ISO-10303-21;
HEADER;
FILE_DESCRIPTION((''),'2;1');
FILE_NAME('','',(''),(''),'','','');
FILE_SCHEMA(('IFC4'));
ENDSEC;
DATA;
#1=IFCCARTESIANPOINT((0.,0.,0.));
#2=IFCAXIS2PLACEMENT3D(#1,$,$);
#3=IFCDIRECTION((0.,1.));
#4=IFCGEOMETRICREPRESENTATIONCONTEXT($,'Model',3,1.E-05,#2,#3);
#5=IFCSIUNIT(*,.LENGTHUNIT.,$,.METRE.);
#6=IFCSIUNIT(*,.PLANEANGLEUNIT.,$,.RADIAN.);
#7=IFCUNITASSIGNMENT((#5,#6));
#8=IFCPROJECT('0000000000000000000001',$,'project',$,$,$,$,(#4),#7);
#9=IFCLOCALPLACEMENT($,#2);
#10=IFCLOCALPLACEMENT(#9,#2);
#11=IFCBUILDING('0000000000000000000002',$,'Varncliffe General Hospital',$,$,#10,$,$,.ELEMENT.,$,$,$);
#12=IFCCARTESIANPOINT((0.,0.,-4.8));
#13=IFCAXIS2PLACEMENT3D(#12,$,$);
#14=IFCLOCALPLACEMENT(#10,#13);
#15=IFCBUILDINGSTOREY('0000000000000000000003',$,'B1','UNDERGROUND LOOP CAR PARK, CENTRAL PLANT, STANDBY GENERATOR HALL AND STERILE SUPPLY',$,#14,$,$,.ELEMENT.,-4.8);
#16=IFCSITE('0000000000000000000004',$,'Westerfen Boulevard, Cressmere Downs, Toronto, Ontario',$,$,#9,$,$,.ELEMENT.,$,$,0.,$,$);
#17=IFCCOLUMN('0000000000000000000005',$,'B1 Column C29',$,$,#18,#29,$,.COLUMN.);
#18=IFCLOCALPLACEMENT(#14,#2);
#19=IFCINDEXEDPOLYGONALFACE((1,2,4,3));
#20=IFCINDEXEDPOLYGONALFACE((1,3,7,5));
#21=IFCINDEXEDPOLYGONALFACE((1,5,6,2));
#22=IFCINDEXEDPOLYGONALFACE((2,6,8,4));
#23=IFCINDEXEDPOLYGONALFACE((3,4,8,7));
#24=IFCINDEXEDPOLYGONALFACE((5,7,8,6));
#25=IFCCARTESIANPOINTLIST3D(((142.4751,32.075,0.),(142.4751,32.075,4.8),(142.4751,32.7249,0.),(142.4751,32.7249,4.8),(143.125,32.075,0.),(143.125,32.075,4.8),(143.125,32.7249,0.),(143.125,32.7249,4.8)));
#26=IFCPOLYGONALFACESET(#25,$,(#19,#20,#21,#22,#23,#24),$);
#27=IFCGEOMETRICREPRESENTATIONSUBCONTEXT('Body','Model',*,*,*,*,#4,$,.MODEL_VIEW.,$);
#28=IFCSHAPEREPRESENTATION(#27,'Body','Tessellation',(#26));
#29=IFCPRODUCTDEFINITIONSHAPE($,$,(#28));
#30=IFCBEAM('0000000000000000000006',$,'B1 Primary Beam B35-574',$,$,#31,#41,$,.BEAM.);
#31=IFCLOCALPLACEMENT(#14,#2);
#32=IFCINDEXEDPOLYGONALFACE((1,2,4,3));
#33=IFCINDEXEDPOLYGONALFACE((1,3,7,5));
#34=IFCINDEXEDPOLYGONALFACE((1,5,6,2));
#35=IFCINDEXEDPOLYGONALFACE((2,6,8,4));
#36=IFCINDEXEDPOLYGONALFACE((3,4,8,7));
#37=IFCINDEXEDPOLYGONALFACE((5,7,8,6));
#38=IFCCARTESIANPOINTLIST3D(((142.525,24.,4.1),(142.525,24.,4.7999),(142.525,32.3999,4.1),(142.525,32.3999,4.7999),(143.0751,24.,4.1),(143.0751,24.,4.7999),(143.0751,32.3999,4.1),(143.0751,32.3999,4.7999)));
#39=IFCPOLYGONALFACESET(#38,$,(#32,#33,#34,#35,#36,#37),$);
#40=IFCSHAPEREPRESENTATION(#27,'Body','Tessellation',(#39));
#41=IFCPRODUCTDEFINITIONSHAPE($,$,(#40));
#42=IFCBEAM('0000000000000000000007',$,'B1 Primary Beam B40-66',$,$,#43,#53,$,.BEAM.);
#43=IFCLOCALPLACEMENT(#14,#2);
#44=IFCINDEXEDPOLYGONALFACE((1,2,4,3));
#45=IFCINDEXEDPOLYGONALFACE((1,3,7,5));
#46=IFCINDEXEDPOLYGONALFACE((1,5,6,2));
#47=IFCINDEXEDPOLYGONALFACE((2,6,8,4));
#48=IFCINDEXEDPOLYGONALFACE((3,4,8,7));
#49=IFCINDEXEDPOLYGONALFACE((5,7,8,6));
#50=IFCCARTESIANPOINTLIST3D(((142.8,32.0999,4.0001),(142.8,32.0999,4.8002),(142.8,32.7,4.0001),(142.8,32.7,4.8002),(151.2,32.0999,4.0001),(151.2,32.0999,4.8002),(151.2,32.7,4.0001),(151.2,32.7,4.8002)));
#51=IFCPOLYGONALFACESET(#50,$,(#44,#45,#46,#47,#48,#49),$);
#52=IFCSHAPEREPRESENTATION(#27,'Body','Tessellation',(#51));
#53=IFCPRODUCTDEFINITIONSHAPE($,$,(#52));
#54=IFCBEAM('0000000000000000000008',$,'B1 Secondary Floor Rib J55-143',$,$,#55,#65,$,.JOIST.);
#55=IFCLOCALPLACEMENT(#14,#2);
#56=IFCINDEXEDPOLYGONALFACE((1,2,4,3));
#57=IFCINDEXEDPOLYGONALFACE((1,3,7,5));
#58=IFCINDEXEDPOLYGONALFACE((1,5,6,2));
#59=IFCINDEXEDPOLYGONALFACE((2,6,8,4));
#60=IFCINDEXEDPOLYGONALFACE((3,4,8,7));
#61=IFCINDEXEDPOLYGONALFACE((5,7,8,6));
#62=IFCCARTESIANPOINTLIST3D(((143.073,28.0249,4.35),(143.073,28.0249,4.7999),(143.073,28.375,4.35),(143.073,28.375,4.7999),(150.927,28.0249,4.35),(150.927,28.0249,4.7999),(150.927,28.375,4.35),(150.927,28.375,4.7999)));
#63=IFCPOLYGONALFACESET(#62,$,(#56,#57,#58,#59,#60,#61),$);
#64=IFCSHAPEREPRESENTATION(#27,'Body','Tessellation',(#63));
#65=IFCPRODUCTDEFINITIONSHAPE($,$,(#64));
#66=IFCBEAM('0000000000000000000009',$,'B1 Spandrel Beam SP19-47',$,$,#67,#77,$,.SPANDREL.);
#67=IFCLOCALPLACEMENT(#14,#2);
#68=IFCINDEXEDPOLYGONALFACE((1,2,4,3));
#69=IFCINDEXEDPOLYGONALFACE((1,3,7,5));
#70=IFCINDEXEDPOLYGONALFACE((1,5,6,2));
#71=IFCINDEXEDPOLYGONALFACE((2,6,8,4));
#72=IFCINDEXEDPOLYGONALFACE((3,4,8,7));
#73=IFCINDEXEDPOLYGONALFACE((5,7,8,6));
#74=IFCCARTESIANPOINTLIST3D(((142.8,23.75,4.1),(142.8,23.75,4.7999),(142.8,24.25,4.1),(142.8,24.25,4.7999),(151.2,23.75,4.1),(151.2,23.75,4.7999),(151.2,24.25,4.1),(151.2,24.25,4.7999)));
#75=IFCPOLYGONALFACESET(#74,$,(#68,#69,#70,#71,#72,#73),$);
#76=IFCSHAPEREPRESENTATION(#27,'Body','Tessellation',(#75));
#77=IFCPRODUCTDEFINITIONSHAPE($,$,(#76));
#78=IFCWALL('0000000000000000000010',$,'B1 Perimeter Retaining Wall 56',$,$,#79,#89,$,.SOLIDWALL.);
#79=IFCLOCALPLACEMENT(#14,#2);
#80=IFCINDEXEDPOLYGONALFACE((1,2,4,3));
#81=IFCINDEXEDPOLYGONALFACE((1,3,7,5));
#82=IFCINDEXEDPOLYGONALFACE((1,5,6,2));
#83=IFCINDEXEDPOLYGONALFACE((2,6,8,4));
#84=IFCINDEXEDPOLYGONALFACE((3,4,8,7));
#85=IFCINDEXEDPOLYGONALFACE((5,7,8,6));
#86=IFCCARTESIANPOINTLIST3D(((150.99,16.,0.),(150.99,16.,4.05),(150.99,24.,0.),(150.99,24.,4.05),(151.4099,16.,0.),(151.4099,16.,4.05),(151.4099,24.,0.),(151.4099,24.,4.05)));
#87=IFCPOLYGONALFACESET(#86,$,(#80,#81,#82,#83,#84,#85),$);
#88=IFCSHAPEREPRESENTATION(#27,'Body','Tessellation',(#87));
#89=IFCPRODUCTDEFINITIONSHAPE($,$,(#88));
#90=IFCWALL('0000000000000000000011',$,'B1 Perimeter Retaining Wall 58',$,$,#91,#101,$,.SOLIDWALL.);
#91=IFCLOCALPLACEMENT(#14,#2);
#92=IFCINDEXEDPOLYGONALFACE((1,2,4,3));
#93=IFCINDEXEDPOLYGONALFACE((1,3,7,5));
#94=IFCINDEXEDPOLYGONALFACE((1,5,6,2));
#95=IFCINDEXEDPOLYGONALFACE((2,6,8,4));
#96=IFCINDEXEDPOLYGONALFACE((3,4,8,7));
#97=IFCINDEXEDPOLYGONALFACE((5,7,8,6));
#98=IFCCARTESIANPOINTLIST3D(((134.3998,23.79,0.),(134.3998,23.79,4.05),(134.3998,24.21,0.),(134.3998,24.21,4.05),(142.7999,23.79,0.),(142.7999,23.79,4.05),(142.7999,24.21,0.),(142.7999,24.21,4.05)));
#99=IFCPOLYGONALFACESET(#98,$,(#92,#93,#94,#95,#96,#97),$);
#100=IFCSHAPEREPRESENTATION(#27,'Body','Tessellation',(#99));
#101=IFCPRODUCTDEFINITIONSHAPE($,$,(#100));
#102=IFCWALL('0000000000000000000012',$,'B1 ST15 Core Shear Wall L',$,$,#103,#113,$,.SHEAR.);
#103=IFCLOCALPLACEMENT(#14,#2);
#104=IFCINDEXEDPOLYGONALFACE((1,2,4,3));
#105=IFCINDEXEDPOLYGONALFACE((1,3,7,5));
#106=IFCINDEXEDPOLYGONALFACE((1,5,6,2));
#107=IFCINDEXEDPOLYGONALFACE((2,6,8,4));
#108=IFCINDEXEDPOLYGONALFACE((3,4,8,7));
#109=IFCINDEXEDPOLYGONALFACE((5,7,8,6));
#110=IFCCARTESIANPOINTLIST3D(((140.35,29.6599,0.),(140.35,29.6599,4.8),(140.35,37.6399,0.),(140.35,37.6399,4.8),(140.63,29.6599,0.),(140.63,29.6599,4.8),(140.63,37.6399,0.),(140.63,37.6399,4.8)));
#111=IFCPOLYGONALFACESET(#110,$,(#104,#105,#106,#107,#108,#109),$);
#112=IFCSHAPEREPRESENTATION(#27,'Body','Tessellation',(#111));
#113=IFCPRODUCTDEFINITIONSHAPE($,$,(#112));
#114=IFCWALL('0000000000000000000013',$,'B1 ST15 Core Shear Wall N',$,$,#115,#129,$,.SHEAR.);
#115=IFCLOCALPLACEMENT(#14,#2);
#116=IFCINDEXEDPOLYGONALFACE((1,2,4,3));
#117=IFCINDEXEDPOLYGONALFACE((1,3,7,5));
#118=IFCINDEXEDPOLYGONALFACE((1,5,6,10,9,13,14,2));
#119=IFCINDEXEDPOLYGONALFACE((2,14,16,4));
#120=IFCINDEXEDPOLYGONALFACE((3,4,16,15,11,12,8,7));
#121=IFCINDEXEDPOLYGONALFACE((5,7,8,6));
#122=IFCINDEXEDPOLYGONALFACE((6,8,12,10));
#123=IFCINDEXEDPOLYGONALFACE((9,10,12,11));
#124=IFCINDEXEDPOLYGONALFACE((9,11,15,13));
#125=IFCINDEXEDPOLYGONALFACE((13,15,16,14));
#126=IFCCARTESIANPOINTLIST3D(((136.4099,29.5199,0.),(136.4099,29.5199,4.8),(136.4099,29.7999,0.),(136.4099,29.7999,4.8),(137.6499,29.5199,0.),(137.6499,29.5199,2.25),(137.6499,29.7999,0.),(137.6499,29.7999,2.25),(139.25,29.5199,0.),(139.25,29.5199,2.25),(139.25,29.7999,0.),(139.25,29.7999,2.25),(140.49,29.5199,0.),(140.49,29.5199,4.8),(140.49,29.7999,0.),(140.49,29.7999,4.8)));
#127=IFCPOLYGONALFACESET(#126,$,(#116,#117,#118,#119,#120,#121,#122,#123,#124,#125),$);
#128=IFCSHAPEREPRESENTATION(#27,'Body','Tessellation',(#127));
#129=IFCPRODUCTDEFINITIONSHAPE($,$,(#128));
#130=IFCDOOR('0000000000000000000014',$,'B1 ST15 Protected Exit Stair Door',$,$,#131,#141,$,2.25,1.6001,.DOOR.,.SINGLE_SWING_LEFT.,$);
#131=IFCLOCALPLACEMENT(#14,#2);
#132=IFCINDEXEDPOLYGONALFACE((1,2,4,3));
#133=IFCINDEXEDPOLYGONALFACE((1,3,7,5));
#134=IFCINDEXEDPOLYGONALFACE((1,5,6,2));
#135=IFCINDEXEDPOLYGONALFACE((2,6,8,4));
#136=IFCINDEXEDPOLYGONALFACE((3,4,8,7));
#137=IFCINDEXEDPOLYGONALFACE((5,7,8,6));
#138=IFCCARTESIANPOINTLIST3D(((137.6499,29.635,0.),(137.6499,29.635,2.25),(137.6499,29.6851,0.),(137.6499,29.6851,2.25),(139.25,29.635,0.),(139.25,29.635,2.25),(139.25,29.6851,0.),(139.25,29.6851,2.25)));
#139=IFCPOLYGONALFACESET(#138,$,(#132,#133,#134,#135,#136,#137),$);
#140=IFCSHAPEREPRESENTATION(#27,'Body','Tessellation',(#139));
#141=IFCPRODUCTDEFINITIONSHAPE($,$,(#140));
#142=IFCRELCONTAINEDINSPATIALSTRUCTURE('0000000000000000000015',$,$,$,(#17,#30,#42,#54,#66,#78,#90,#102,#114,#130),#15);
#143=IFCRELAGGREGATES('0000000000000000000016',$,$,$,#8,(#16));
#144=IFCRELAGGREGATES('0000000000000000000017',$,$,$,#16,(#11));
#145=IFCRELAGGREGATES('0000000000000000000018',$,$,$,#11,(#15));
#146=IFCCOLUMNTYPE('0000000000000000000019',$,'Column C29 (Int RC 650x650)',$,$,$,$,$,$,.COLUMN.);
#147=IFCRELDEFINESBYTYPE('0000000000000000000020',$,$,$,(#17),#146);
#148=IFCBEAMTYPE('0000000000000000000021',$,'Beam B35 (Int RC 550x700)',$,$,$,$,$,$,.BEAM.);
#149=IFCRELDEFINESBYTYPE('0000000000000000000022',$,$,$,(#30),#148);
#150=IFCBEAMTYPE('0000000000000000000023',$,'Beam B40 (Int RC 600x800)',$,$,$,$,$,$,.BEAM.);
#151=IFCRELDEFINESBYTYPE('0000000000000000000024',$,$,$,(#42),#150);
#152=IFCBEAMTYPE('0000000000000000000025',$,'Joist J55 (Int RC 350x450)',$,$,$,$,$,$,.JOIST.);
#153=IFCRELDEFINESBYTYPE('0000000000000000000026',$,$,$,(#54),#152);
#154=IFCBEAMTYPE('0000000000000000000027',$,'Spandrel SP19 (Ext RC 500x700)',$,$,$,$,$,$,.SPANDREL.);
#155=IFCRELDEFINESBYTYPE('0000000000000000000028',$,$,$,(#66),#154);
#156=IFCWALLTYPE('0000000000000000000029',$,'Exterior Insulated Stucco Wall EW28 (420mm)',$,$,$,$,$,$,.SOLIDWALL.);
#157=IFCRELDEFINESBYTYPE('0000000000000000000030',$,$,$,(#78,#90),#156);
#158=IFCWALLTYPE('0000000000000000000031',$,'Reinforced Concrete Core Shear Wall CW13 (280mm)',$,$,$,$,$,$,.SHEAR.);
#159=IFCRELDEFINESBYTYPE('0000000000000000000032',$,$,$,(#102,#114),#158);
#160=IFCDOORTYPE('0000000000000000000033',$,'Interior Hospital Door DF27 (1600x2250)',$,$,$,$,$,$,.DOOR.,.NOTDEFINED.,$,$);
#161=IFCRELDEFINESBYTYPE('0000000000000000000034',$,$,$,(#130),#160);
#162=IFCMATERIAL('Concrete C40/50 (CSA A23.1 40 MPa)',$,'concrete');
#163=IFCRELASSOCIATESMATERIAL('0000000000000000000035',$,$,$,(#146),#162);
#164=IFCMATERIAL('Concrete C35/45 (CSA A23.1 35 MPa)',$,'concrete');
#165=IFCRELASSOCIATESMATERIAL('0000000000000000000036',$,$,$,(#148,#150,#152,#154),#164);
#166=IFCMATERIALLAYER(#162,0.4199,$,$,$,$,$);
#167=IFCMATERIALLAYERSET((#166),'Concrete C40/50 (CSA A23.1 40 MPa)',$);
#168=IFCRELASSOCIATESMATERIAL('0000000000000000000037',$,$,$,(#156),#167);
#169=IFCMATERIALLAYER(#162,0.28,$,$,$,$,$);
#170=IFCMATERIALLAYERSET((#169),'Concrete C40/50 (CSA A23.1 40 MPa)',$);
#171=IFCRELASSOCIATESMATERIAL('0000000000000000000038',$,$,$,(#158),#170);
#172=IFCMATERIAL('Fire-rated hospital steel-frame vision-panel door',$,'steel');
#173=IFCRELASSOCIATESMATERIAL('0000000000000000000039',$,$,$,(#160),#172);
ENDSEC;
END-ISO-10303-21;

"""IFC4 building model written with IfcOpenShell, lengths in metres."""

from ifc_helpers import new_model, si_unit, direction, frame, frame_2d, origin, origin_2d, place, context, subcontext, project, spatial, rectangle, extrude, material, layer, layer_set, material_profile, profile_set, type_object, element, fill, save


model = new_model("IFC4")

# Units and contexts
model_context = context("Model", 3, precision=1e-05, world=origin(), true_north=direction((0.0, 1.0)))
body_context = subcontext(model_context, "Body", "Model", "MODEL_VIEW")
ifc_project = project(units=[si_unit("LENGTHUNIT", "METRE"), si_unit("PLANEANGLEUNIT", "RADIAN")], contexts=[model_context])

# Site, building, storey
site_placement = place(None, origin())
site = spatial("IfcSite", under=ifc_project, at=site_placement, Name="Westerfen Boulevard, Cressmere Downs, Toronto, Ontario", CompositionType="ELEMENT", RefElevation=0.0)
building_placement = place(site_placement, origin())
building = spatial("IfcBuilding", under=site, at=building_placement, Name="Varncliffe General Hospital", CompositionType="ELEMENT")
storey_placement = place(building_placement, frame((0.0, 0.0, -4.8)))
storey = spatial("IfcBuildingStorey", under=building, at=storey_placement, Name="B1", Description="UNDERGROUND LOOP CAR PARK, CENTRAL PLANT, STANDBY GENERATOR HALL AND STERILE SUPPLY", CompositionType="ELEMENT", Elevation=-4.8)

# Shared definitions
ifc_material_1 = material(Name="Concrete C40/50 (CSA A23.1 40 MPa)", Category="concrete")

# Column
ifc_material_profile_1 = material_profile(ifc_material_1, rectangle(XDim=0.6499, YDim=0.6499, at=origin_2d()), Name="RC 650x650")
ifc_profile_set_1 = profile_set([ifc_material_profile_1], Name="Concrete C40/50 (CSA A23.1 40 MPa)")
column_type_1 = type_object("IfcColumnType", Name="Column C29 (Int RC 650x650)", PredefinedType="COLUMN", material=ifc_profile_set_1)
column_1_placement = place(storey_placement, frame((142.8, 32.3999, 0.0), z_axis=(0.0, 0.0, 1.0), x_axis=(1.0, 0.0, 0.0)))
element("IfcColumn", 1, at=column_1_placement, inside=storey, type_object=column_type_1, Name="B1 Column C29", PredefinedType="COLUMN", context=body_context, shape_type="SweptSolid", body=[
    extrude(rectangle(XDim=0.6499, YDim=0.6499, at=origin_2d()), origin(), (0.0, 0.0, 1.0), 4.8),
])

# Beams
ifc_material_2 = material(Name="Concrete C35/45 (CSA A23.1 35 MPa)", Category="concrete")
ifc_material_profile_2 = material_profile(ifc_material_2, rectangle(XDim=0.55, YDim=0.7, at=origin_2d()), Name="RC 550x700")
ifc_profile_set_2 = profile_set([ifc_material_profile_2], Name="Concrete C35/45 (CSA A23.1 35 MPa)")
beam_type_1 = type_object("IfcBeamType", Name="Beam B35 (Int RC 550x700)", PredefinedType="BEAM", material=ifc_profile_set_2)
beam_1_placement = place(storey_placement, frame((142.8, 24.0, 4.45), z_axis=(0.0, 1.0, 0.0), x_axis=(-1.0, 0.0, 0.0)))
element("IfcBeam", 2, at=beam_1_placement, inside=storey, type_object=beam_type_1, Name="B1 Primary Beam B35-574", PredefinedType="BEAM", context=body_context, shape_type="SweptSolid", body=[
    extrude(rectangle(XDim=0.55, YDim=0.7, at=origin_2d()), origin(), (0.0, 0.0, 1.0), 8.3999),
])
ifc_material_profile_3 = material_profile(ifc_material_2, rectangle(XDim=0.6001, YDim=0.8, at=origin_2d()), Name="RC 600x800")
ifc_profile_set_3 = profile_set([ifc_material_profile_3], Name="Concrete C35/45 (CSA A23.1 35 MPa)")
beam_type_2 = type_object("IfcBeamType", Name="Beam B40 (Int RC 600x800)", PredefinedType="BEAM", material=ifc_profile_set_3)
beam_2_placement = place(storey_placement, frame((142.8, 32.3999, 4.4001), z_axis=(1.0, 0.0, 0.0), x_axis=(0.0, 1.0, 0.0)))
element("IfcBeam", 3, at=beam_2_placement, inside=storey, type_object=beam_type_2, Name="B1 Primary Beam B40-66", PredefinedType="BEAM", context=body_context, shape_type="SweptSolid", body=[
    extrude(rectangle(XDim=0.6001, YDim=0.8, at=origin_2d()), origin(), (0.0, 0.0, 1.0), 8.3999),
])
ifc_material_profile_4 = material_profile(ifc_material_2, rectangle(XDim=0.3501, YDim=0.45, at=origin_2d()), Name="RC 350x450")
ifc_profile_set_4 = profile_set([ifc_material_profile_4], Name="Concrete C35/45 (CSA A23.1 35 MPa)")
beam_type_3 = type_object("IfcBeamType", Name="Joist J55 (Int RC 350x450)", PredefinedType="JOIST", material=ifc_profile_set_4)
beam_3_placement = place(storey_placement, frame((143.073, 28.2, 4.575), z_axis=(1.0, 0.0, 0.0), x_axis=(0.0, 1.0, 0.0)))
element("IfcBeam", 4, at=beam_3_placement, inside=storey, type_object=beam_type_3, Name="B1 Secondary Floor Rib J55-143", PredefinedType="JOIST", context=body_context, shape_type="SweptSolid", body=[
    extrude(rectangle(XDim=0.3501, YDim=0.45, at=origin_2d()), origin(), (0.0, 0.0, 1.0), 7.854),
])
ifc_material_profile_5 = material_profile(ifc_material_2, rectangle(XDim=0.5, YDim=0.7, at=origin_2d()), Name="RC 500x700")
ifc_profile_set_5 = profile_set([ifc_material_profile_5], Name="Concrete C35/45 (CSA A23.1 35 MPa)")
beam_type_4 = type_object("IfcBeamType", Name="Spandrel SP19 (Ext RC 500x700)", PredefinedType="SPANDREL", material=ifc_profile_set_5)
beam_4_placement = place(storey_placement, frame((142.8, 24.0, 4.45), z_axis=(1.0, 0.0, 0.0), x_axis=(0.0, 1.0, 0.0)))
element("IfcBeam", 5, at=beam_4_placement, inside=storey, type_object=beam_type_4, Name="B1 Spandrel Beam SP19-47", PredefinedType="SPANDREL", context=body_context, shape_type="SweptSolid", body=[
    extrude(rectangle(XDim=0.5, YDim=0.7, at=origin_2d()), origin(), (0.0, 0.0, 1.0), 8.3999),
])

# Walls
ifc_layer_1 = layer(ifc_material_1, 0.4199)
ifc_layer_set_1 = layer_set([ifc_layer_1], Name="Concrete C40/50 (CSA A23.1 40 MPa)")
wall_type_1 = type_object("IfcWallType", Name="Exterior Insulated Stucco Wall EW28 (420mm)", PredefinedType="SOLIDWALL", material=ifc_layer_set_1)
wall_1_placement = place(storey_placement, frame((151.2, 16.0, 0.0), z_axis=(0.0, 0.0, 1.0), x_axis=(0.0, 1.0, 0.0)))
element("IfcWall", 6, at=wall_1_placement, inside=storey, type_object=wall_type_1, Name="B1 Perimeter Retaining Wall 56", PredefinedType="SOLIDWALL", context=body_context, shape_type="SweptSolid", body=[
    extrude(rectangle(XDim=8.0, YDim=0.4199, at=frame_2d((4.0, 0.0))), origin(), (0.0, 0.0, 1.0), 4.05),
])
wall_2_placement = place(storey_placement, frame((142.8, 24.0, 0.0), z_axis=(0.0, 0.0, 1.0), x_axis=(-1.0, 0.0, 0.0)))
element("IfcWall", 7, at=wall_2_placement, inside=storey, type_object=wall_type_1, Name="B1 Perimeter Retaining Wall 58", PredefinedType="SOLIDWALL", context=body_context, shape_type="SweptSolid", body=[
    extrude(rectangle(XDim=8.4001, YDim=0.4199, at=frame_2d((4.2002, 0.0))), origin(), (0.0, 0.0, 1.0), 4.05),
])
ifc_layer_2 = layer(ifc_material_1, 0.28)
ifc_layer_set_2 = layer_set([ifc_layer_2], Name="Concrete C40/50 (CSA A23.1 40 MPa)")
wall_type_2 = type_object("IfcWallType", Name="Reinforced Concrete Core Shear Wall CW13 (280mm)", PredefinedType="SHEAR", material=ifc_layer_set_2)
wall_3_placement = place(storey_placement, frame((140.49, 29.6599, 0.0), z_axis=(0.0, 0.0, 1.0), x_axis=(0.0, 1.0, 0.0)))
element("IfcWall", 8, at=wall_3_placement, inside=storey, type_object=wall_type_2, Name="B1 ST15 Core Shear Wall L", PredefinedType="SHEAR", context=body_context, shape_type="SweptSolid", body=[
    extrude(rectangle(XDim=7.98, YDim=0.28, at=frame_2d((3.99, 0.0))), origin(), (0.0, 0.0, 1.0), 4.8),
])

# Wall, opening, door
wall_4_placement = place(storey_placement, frame((136.4099, 29.6599, 0.0), z_axis=(0.0, 0.0, 1.0), x_axis=(1.0, 0.0, 0.0)))
wall_4 = element("IfcWall", 9, at=wall_4_placement, inside=storey, type_object=wall_type_2, Name="B1 ST15 Core Shear Wall N", PredefinedType="SHEAR", context=body_context, shape_type="SweptSolid", body=[
    extrude(rectangle(XDim=4.0801, YDim=0.28, at=frame_2d((2.04, 0.0))), origin(), (0.0, 0.0, 1.0), 4.8),
])
opening_placement = place(wall_4_placement, frame((1.24, 0.0, 0.0)))
opening = element("IfcOpeningElement", 10, at=opening_placement, cuts=wall_4, PredefinedType="OPENING", context=body_context, shape_type="SweptSolid", body=[
    extrude(rectangle(XDim=1.6001, YDim=2.25, at=frame_2d((0.8, 1.125))), frame((0.0, 0.1499, 0.0), z_axis=(0.0, -1.0, 0.0), x_axis=(1.0, 0.0, 0.0)), (0.0, 0.0, 1.0), 0.3),
])
ifc_material_3 = material(Name="Fire-rated hospital steel-frame vision-panel door", Category="steel")
door_type = type_object("IfcDoorType", Name="Interior Hospital Door DF27 (1600x2250)", OperationType="NOTDEFINED", PredefinedType="DOOR", material=ifc_material_3)
door_placement = place(opening_placement, frame((1.6001, 0.0, 0.0), z_axis=(0.0, 0.0, 1.0), x_axis=(-1.0, 0.0, 0.0)))
door = element("IfcDoor", 11, at=door_placement, inside=storey, type_object=door_type, Name="B1 ST15 Protected Exit Stair Door", OperationType="SINGLE_SWING_LEFT", OverallHeight=2.25, OverallWidth=1.6001, PredefinedType="DOOR", context=body_context, shape_type="SweptSolid", body=[
    extrude(rectangle(XDim=1.6001, YDim=2.25, at=frame_2d((0.8, 1.125))), frame((0.0, 0.0249, 0.0), z_axis=(0.0, -1.0, 0.0), x_axis=(1.0, 0.0, 0.0)), (0.0, 0.0, 1.0), 0.05),
])
fill(opening, door)

save(model, "model.ifc")
